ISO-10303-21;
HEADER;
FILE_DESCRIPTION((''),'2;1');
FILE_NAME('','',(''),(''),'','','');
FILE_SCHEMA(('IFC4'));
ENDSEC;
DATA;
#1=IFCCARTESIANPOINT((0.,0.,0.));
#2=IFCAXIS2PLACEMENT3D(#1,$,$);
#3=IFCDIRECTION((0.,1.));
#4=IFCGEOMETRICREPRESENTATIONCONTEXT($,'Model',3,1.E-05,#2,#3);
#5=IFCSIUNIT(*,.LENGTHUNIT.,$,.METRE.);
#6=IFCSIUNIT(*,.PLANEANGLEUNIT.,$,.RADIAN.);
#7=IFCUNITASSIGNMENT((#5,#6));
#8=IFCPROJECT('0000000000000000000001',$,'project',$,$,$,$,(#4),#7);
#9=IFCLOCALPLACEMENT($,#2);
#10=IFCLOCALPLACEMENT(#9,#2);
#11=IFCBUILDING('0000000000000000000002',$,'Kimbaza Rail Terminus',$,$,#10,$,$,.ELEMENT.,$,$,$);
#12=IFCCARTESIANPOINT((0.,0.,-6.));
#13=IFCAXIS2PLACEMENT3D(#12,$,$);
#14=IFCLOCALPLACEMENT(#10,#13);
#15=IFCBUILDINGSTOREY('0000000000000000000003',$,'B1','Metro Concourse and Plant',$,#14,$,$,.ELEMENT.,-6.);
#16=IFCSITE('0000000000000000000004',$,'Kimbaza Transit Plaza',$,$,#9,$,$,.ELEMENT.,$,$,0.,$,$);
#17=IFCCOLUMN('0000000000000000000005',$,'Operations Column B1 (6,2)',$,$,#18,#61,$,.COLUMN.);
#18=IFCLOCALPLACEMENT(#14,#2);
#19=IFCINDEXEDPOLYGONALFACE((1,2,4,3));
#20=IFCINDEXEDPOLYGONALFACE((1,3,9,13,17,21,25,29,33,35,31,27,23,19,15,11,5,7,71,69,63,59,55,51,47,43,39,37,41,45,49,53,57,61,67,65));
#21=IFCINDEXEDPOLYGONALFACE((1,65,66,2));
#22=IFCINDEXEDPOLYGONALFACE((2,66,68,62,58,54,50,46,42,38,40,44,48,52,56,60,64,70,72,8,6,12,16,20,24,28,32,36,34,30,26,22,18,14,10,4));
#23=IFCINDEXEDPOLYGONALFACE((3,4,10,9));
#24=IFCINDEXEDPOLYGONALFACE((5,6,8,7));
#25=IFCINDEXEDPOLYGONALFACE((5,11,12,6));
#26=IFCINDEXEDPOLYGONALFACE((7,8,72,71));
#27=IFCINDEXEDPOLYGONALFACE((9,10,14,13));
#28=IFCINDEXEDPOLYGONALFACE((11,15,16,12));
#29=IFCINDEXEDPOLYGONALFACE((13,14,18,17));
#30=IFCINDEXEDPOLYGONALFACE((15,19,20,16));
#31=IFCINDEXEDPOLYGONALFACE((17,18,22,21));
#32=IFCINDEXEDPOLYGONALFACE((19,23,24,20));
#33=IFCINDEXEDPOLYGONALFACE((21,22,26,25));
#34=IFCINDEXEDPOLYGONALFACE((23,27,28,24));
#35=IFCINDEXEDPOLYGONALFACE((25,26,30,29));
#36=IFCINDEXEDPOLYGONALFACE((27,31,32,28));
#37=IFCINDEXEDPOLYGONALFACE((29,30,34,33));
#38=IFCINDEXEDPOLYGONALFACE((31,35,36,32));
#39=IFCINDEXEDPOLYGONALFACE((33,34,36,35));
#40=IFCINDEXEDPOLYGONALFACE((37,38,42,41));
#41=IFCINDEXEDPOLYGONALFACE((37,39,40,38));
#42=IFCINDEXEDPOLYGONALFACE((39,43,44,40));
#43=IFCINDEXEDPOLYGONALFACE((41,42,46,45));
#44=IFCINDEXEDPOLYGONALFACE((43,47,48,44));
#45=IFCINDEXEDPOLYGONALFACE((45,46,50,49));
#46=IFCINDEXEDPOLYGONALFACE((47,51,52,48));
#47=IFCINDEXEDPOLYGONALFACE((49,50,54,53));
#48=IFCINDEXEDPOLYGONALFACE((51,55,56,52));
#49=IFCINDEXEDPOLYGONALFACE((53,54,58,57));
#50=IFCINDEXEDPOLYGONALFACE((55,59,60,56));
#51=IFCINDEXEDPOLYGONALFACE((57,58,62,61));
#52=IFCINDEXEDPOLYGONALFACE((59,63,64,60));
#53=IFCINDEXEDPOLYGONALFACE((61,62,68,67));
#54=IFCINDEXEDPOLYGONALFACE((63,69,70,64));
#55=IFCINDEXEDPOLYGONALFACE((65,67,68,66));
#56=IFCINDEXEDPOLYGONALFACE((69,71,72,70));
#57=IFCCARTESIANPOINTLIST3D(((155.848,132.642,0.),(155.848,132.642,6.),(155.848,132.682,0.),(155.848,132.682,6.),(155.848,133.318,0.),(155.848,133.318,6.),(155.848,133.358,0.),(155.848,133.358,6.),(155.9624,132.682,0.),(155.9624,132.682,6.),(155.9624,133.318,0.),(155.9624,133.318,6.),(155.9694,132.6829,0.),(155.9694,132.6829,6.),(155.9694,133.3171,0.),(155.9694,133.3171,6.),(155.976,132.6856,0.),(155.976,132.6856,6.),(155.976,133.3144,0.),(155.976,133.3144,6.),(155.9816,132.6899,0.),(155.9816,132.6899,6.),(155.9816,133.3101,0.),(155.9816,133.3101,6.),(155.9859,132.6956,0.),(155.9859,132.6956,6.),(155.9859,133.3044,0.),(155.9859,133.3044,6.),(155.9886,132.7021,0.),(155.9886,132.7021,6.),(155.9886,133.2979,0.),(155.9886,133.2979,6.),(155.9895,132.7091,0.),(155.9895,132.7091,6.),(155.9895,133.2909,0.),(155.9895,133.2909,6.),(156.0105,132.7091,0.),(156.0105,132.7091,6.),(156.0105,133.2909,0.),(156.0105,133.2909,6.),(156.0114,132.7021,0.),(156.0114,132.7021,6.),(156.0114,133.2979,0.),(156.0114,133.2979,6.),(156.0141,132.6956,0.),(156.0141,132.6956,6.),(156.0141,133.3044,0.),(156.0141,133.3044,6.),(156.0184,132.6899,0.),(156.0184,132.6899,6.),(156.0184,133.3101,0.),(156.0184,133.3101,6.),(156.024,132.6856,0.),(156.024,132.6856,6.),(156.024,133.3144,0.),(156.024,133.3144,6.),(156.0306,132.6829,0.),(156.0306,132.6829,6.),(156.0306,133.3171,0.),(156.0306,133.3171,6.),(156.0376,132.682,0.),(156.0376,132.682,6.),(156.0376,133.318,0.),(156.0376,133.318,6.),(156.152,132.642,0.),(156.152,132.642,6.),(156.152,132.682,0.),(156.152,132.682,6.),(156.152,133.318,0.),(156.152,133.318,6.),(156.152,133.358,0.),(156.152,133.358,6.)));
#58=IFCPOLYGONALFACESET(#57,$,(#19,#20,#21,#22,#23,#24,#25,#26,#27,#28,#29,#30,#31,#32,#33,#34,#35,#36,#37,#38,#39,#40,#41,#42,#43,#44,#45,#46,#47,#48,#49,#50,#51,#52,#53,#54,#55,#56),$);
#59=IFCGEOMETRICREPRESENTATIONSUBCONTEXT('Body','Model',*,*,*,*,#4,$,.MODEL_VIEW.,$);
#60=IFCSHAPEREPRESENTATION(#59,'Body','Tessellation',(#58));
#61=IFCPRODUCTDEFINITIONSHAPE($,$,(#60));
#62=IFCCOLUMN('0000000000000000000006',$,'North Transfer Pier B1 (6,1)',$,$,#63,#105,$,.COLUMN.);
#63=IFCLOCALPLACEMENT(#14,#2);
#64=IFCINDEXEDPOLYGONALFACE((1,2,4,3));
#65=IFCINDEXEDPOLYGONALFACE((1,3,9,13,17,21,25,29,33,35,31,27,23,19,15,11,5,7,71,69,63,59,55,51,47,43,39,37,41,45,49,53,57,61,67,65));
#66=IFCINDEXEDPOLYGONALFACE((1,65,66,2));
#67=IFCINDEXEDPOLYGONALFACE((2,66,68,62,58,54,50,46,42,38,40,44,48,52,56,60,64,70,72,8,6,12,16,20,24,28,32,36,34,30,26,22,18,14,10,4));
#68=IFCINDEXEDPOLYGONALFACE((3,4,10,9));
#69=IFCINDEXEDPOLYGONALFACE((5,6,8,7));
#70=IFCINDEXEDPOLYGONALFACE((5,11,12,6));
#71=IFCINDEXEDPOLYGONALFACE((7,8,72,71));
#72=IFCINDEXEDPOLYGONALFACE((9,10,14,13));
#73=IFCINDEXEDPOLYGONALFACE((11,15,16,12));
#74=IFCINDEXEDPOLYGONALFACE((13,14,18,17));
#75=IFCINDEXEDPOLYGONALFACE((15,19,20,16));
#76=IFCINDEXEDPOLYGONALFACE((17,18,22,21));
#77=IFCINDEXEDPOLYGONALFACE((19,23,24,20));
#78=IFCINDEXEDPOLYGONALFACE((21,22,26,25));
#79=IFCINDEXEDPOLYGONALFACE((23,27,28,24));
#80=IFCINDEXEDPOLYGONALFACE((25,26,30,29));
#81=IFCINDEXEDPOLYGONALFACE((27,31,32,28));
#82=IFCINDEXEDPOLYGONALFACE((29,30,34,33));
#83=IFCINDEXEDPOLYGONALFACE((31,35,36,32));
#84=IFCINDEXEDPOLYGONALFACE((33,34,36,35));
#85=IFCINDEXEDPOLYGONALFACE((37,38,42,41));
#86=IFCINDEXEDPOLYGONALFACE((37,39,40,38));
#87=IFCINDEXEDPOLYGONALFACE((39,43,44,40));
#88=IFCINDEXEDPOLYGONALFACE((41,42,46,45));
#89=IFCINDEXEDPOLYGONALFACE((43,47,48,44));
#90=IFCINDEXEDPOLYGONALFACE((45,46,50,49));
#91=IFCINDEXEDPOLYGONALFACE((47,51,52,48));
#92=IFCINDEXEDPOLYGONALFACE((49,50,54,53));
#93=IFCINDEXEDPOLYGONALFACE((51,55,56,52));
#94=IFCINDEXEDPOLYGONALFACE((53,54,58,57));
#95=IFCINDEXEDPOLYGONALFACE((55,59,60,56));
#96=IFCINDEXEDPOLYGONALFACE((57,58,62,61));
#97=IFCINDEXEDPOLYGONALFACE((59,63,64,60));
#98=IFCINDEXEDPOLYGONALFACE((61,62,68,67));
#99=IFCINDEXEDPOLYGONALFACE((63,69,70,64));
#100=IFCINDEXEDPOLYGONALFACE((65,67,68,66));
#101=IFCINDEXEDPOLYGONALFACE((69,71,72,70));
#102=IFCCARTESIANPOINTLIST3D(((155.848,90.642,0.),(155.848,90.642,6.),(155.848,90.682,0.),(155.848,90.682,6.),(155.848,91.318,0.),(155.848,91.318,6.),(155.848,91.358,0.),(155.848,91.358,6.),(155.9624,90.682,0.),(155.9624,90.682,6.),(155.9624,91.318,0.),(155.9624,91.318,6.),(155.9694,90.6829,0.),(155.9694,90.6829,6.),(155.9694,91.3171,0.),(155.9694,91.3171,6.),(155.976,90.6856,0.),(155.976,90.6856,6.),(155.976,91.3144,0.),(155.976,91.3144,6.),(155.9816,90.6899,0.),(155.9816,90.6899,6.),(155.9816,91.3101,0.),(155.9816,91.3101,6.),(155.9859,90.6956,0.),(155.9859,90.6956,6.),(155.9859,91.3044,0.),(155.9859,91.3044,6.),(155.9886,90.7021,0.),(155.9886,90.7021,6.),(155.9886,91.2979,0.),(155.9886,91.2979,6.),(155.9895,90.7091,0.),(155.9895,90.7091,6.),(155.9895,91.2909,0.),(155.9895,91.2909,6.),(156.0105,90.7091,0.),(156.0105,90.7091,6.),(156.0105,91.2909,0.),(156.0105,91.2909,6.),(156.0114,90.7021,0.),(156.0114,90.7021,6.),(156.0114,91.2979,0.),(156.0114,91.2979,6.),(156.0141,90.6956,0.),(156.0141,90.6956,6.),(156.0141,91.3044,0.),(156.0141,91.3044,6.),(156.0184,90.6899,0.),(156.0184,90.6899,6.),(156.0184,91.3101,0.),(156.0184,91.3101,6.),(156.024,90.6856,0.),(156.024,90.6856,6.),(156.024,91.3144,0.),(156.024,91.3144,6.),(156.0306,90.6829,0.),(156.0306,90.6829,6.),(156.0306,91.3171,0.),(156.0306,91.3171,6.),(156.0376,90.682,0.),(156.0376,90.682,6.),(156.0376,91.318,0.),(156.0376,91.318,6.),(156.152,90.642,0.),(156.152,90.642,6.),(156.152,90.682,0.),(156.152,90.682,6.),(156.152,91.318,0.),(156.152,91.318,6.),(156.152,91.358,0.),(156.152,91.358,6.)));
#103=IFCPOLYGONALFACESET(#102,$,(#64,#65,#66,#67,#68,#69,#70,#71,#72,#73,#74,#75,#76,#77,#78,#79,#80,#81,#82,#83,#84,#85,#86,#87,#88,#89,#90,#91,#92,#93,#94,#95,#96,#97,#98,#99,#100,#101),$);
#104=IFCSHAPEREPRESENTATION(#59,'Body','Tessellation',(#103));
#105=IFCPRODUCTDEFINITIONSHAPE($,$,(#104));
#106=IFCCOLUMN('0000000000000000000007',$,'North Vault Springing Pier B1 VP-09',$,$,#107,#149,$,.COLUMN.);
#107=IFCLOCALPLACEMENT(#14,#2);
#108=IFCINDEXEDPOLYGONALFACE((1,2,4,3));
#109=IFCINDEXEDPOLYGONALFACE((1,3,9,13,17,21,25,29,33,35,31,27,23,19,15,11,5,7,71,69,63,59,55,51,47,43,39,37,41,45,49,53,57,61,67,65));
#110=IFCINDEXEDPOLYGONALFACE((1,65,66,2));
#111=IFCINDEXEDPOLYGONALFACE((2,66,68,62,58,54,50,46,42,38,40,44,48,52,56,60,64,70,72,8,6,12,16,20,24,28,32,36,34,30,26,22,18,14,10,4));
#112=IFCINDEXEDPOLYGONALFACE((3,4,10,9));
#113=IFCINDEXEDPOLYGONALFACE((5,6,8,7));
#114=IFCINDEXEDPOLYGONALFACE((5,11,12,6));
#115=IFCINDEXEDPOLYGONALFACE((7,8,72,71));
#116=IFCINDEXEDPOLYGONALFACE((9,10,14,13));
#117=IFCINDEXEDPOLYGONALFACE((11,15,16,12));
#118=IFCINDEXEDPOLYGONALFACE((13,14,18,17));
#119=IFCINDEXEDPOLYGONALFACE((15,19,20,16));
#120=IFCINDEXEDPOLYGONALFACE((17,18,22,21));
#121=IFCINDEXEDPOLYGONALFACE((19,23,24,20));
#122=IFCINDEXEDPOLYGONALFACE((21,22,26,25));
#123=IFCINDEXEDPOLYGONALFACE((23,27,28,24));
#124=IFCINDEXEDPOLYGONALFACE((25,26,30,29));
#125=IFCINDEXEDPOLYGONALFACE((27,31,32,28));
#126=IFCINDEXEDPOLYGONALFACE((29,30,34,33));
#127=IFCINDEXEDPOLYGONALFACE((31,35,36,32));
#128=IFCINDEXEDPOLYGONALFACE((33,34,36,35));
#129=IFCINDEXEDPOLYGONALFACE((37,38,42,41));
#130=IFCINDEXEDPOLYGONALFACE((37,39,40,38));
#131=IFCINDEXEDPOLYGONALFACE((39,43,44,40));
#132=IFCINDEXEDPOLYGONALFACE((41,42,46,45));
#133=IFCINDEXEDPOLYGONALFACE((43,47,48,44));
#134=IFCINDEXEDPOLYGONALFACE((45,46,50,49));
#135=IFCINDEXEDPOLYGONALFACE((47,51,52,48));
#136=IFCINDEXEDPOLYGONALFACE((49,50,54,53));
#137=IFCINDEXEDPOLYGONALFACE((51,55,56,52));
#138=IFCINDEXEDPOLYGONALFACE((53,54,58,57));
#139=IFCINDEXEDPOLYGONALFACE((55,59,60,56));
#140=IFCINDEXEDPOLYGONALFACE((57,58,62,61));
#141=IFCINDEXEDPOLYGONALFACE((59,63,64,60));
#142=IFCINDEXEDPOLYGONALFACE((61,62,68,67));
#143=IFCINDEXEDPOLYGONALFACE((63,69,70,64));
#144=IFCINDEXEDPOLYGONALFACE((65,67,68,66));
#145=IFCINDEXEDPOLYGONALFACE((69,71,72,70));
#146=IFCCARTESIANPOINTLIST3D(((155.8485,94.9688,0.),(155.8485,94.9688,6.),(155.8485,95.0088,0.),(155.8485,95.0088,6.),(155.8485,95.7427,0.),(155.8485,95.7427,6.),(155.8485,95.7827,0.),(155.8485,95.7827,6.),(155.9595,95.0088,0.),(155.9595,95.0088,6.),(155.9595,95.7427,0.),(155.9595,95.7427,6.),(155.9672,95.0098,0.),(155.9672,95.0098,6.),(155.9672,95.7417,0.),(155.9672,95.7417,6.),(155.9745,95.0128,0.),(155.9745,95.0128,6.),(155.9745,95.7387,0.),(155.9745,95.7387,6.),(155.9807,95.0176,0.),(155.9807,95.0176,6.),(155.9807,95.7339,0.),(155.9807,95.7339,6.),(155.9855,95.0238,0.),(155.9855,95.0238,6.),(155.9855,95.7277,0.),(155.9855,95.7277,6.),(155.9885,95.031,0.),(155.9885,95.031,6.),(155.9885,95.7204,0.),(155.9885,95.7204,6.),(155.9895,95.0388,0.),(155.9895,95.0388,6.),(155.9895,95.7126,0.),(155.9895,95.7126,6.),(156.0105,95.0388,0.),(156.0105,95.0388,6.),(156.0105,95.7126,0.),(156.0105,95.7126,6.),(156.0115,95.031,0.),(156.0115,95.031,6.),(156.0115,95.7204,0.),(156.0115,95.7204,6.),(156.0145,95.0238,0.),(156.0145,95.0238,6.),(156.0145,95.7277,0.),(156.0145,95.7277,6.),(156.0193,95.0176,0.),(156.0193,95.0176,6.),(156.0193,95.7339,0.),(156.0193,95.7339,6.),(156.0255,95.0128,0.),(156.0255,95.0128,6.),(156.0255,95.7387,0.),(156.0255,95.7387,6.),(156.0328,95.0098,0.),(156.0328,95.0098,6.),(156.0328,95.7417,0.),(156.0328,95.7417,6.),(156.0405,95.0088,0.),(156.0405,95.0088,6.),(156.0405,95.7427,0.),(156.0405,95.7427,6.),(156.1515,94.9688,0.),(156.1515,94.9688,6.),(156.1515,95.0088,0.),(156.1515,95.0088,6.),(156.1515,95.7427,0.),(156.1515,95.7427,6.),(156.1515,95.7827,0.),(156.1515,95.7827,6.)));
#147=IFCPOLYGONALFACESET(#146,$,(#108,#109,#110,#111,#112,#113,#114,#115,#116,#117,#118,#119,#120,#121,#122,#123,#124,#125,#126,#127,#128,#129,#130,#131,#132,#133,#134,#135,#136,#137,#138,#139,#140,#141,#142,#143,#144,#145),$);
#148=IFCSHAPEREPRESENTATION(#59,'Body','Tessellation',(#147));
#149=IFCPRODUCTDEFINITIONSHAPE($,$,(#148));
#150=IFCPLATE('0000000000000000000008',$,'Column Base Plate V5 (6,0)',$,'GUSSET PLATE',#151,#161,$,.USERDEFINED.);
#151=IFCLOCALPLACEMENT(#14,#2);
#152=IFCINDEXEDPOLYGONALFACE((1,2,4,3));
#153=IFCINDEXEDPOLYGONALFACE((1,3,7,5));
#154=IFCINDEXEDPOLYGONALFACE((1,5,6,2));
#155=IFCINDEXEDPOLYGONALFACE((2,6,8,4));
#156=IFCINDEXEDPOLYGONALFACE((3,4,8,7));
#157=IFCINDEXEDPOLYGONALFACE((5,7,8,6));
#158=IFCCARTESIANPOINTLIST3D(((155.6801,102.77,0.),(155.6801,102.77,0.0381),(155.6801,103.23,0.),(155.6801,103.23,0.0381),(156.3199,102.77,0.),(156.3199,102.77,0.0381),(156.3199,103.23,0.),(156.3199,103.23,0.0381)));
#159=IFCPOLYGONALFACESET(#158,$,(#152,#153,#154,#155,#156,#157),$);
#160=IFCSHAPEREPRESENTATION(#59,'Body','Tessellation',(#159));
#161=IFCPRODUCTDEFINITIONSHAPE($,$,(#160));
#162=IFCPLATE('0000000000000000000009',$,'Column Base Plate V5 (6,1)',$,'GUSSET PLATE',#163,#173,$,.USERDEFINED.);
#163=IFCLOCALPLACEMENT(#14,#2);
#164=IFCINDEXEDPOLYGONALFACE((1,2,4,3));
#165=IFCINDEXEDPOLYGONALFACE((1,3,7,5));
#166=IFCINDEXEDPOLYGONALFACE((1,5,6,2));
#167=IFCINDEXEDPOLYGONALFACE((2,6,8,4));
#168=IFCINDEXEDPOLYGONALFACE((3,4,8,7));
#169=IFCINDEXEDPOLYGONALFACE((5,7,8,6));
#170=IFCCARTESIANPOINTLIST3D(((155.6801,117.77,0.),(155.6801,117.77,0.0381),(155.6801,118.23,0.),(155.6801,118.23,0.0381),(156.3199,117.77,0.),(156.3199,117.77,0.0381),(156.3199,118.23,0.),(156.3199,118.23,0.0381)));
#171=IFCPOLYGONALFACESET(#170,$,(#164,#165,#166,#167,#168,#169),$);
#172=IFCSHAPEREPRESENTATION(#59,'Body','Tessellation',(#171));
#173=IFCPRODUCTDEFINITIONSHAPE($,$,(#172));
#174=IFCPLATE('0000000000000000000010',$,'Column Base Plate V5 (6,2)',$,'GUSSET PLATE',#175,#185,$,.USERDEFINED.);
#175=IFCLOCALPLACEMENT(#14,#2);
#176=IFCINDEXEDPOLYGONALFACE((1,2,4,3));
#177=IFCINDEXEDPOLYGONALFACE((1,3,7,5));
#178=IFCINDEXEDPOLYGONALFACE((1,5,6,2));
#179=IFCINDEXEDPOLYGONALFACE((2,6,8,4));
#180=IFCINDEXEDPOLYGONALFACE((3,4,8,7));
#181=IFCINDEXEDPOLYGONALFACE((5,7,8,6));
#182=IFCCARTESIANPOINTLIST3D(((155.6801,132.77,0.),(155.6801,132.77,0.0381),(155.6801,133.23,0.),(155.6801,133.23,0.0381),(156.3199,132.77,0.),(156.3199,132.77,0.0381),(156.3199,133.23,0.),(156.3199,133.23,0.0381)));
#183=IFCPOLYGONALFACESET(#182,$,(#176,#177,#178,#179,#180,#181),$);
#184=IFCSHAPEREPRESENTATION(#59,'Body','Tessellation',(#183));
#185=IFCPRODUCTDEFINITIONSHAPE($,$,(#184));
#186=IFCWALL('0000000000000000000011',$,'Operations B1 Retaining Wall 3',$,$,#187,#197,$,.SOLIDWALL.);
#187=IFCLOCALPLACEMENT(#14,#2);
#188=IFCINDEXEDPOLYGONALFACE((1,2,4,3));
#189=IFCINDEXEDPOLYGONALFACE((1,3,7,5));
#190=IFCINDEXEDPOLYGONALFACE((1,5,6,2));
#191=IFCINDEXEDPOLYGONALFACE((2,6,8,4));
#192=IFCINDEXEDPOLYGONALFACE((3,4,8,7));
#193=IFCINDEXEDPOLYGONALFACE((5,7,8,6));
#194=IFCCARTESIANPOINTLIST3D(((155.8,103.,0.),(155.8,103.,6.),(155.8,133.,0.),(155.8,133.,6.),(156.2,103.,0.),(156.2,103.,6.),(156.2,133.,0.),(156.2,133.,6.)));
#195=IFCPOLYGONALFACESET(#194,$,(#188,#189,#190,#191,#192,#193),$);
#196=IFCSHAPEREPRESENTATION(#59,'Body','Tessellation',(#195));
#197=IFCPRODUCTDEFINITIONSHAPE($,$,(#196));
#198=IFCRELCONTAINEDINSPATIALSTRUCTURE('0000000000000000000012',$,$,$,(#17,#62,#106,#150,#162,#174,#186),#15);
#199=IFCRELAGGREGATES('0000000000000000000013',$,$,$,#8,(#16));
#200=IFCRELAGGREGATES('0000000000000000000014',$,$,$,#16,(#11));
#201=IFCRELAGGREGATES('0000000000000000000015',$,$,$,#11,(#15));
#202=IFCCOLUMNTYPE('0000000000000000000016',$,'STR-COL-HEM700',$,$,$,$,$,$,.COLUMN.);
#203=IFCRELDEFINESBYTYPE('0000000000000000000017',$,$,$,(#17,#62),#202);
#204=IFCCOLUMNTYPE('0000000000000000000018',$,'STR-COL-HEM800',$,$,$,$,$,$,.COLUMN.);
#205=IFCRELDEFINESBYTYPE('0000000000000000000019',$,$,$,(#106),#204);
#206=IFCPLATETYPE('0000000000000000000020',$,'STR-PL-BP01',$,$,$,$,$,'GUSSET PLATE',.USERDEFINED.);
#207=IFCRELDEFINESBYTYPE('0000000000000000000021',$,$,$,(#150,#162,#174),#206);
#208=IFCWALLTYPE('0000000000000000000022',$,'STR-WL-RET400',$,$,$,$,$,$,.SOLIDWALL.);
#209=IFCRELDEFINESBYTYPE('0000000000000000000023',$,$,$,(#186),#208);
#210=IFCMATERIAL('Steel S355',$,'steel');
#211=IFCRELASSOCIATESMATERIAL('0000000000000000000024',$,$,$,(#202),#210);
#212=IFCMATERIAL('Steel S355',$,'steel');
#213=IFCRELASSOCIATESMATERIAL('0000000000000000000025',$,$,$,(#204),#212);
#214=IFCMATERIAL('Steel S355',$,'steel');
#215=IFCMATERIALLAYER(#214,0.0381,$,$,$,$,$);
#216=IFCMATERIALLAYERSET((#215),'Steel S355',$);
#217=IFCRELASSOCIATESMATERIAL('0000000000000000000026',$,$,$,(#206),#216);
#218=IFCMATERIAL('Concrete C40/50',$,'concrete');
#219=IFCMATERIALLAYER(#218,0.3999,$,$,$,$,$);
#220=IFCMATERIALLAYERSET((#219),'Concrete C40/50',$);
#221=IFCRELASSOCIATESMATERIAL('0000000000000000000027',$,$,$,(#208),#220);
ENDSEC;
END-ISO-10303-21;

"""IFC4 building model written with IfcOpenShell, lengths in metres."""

from ifc_helpers import new_model, si_unit, direction, frame, frame_2d, origin, origin_2d, place, context, subcontext, project, spatial, rectangle, i_section, extrude, material, layer, layer_set, material_profile, profile_set, type_object, element, save


model = new_model("IFC4")

# Units and contexts
model_context = context("Model", 3, precision=1e-05, world=origin(), true_north=direction((0.0, 1.0)))
body_context = subcontext(model_context, "Body", "Model", "MODEL_VIEW")
ifc_project = project(units=[si_unit("LENGTHUNIT", "METRE"), si_unit("PLANEANGLEUNIT", "RADIAN")], contexts=[model_context])

# Site, building, storey
site_placement = place(None, origin())
site = spatial("IfcSite", under=ifc_project, at=site_placement, Name="Kimbaza Transit Plaza", CompositionType="ELEMENT", RefElevation=0.0)
building_placement = place(site_placement, origin())
building = spatial("IfcBuilding", under=site, at=building_placement, Name="Kimbaza Rail Terminus", CompositionType="ELEMENT")
storey_placement = place(building_placement, frame((0.0, 0.0, -6.0)))
storey = spatial("IfcBuildingStorey", under=building, at=storey_placement, Name="B1", Description="Metro Concourse and Plant", CompositionType="ELEMENT", Elevation=-6.0)

# Columns
ifc_material_1 = material(Name="Steel S355", Category="steel")
ifc_material_profile_1 = material_profile(ifc_material_1, i_section(OverallWidth=0.304, OverallDepth=0.7161, WebThickness=0.021, FlangeThickness=0.04, FilletRadius=0.0271, at=origin_2d()), Name="HEM 700")
ifc_profile_set_1 = profile_set([ifc_material_profile_1], Name="Steel S355")
column_type_1 = type_object("IfcColumnType", Name="STR-COL-HEM700", PredefinedType="COLUMN", material=ifc_profile_set_1)
for number, where, z_axis, x_axis, name in (
    (1, (156.0, 133.0, 0.0), (0.0, 0.0, 1.0), (1.0, 0.0, 0.0), "Operations Column B1 (6,2)"),
    (2, (156.0, 91.0, 0.0), (0.0, 0.0, 1.0), (1.0, 0.0, 0.0), "North Transfer Pier B1 (6,1)"),
):
    element("IfcColumn", number, at=place(storey_placement, frame(where, z_axis=z_axis, x_axis=x_axis)), inside=storey, type_object=column_type_1, Name=name, PredefinedType="COLUMN", context=body_context, shape_type="SweptSolid", body=[
        extrude(i_section(OverallWidth=0.304, OverallDepth=0.7161, WebThickness=0.021, FlangeThickness=0.04, FilletRadius=0.0271, at=origin_2d()), origin(), (0.0, 0.0, 1.0), 6.0),
    ])
ifc_material_2 = material(Name="Steel S355", Category="steel")
ifc_material_profile_2 = material_profile(ifc_material_2, i_section(OverallWidth=0.303, OverallDepth=0.814, WebThickness=0.021, FlangeThickness=0.04, FilletRadius=0.03, at=origin_2d()), Name="HEM 800")
ifc_profile_set_2 = profile_set([ifc_material_profile_2], Name="Steel S355")
column_type_2 = type_object("IfcColumnType", Name="STR-COL-HEM800", PredefinedType="COLUMN", material=ifc_profile_set_2)
column_placement = place(storey_placement, frame((156.0, 95.3757, 0.0), z_axis=(0.0, 0.0, 1.0), x_axis=(1.0, 0.0, 0.0)))
element("IfcColumn", 3, at=column_placement, inside=storey, type_object=column_type_2, Name="North Vault Springing Pier B1 VP-09", PredefinedType="COLUMN", context=body_context, shape_type="SweptSolid", body=[
    extrude(i_section(OverallWidth=0.303, OverallDepth=0.814, WebThickness=0.021, FlangeThickness=0.04, FilletRadius=0.03, at=origin_2d()), origin(), (0.0, 0.0, 1.0), 6.0),
])

# Plates
ifc_material_3 = material(Name="Steel S355", Category="steel")
ifc_layer_1 = layer(ifc_material_3, 0.0381)
ifc_layer_set_1 = layer_set([ifc_layer_1], Name="Steel S355")
plate_type = type_object("IfcPlateType", Name="STR-PL-BP01", ElementType="GUSSET PLATE", PredefinedType="USERDEFINED", material=ifc_layer_set_1)
for number, where, z_axis, x_axis, name in (
    (4, (156.0, 103.0, 0.0), (0.0, 0.0, 1.0), (1.0, 0.0, 0.0), "Column Base Plate V5 (6,0)"),
    (5, (156.0, 118.0, 0.0), (0.0, 0.0, 1.0), (1.0, 0.0, 0.0), "Column Base Plate V5 (6,1)"),
    (6, (156.0, 133.0, 0.0), (0.0, 0.0, 1.0), (1.0, 0.0, 0.0), "Column Base Plate V5 (6,2)"),
):
    element("IfcPlate", number, at=place(storey_placement, frame(where, z_axis=z_axis, x_axis=x_axis)), inside=storey, type_object=plate_type, Name=name, ObjectType="GUSSET PLATE", PredefinedType="USERDEFINED", context=body_context, shape_type="SweptSolid", body=[
        extrude(rectangle(XDim=0.6399, YDim=0.46, at=origin_2d()), origin(), (0.0, 0.0, 1.0), 0.0381),
    ])

# Wall
ifc_material_4 = material(Name="Concrete C40/50", Category="concrete")
ifc_layer_2 = layer(ifc_material_4, 0.3999)
ifc_layer_set_2 = layer_set([ifc_layer_2], Name="Concrete C40/50")
wall_type = type_object("IfcWallType", Name="STR-WL-RET400", PredefinedType="SOLIDWALL", material=ifc_layer_set_2)
wall_1_placement = place(storey_placement, frame((156.0, 103.0, 0.0), z_axis=(0.0, 0.0, 1.0), x_axis=(0.0, 1.0, 0.0)))
element("IfcWall", 7, at=wall_1_placement, inside=storey, type_object=wall_type, Name="Operations B1 Retaining Wall 3", PredefinedType="SOLIDWALL", context=body_context, shape_type="SweptSolid", body=[
    extrude(rectangle(XDim=30.0, YDim=0.3999, at=frame_2d((15.0, 0.0))), origin(), (0.0, 0.0, 1.0), 6.0),
])

save(model, "model.ifc")
